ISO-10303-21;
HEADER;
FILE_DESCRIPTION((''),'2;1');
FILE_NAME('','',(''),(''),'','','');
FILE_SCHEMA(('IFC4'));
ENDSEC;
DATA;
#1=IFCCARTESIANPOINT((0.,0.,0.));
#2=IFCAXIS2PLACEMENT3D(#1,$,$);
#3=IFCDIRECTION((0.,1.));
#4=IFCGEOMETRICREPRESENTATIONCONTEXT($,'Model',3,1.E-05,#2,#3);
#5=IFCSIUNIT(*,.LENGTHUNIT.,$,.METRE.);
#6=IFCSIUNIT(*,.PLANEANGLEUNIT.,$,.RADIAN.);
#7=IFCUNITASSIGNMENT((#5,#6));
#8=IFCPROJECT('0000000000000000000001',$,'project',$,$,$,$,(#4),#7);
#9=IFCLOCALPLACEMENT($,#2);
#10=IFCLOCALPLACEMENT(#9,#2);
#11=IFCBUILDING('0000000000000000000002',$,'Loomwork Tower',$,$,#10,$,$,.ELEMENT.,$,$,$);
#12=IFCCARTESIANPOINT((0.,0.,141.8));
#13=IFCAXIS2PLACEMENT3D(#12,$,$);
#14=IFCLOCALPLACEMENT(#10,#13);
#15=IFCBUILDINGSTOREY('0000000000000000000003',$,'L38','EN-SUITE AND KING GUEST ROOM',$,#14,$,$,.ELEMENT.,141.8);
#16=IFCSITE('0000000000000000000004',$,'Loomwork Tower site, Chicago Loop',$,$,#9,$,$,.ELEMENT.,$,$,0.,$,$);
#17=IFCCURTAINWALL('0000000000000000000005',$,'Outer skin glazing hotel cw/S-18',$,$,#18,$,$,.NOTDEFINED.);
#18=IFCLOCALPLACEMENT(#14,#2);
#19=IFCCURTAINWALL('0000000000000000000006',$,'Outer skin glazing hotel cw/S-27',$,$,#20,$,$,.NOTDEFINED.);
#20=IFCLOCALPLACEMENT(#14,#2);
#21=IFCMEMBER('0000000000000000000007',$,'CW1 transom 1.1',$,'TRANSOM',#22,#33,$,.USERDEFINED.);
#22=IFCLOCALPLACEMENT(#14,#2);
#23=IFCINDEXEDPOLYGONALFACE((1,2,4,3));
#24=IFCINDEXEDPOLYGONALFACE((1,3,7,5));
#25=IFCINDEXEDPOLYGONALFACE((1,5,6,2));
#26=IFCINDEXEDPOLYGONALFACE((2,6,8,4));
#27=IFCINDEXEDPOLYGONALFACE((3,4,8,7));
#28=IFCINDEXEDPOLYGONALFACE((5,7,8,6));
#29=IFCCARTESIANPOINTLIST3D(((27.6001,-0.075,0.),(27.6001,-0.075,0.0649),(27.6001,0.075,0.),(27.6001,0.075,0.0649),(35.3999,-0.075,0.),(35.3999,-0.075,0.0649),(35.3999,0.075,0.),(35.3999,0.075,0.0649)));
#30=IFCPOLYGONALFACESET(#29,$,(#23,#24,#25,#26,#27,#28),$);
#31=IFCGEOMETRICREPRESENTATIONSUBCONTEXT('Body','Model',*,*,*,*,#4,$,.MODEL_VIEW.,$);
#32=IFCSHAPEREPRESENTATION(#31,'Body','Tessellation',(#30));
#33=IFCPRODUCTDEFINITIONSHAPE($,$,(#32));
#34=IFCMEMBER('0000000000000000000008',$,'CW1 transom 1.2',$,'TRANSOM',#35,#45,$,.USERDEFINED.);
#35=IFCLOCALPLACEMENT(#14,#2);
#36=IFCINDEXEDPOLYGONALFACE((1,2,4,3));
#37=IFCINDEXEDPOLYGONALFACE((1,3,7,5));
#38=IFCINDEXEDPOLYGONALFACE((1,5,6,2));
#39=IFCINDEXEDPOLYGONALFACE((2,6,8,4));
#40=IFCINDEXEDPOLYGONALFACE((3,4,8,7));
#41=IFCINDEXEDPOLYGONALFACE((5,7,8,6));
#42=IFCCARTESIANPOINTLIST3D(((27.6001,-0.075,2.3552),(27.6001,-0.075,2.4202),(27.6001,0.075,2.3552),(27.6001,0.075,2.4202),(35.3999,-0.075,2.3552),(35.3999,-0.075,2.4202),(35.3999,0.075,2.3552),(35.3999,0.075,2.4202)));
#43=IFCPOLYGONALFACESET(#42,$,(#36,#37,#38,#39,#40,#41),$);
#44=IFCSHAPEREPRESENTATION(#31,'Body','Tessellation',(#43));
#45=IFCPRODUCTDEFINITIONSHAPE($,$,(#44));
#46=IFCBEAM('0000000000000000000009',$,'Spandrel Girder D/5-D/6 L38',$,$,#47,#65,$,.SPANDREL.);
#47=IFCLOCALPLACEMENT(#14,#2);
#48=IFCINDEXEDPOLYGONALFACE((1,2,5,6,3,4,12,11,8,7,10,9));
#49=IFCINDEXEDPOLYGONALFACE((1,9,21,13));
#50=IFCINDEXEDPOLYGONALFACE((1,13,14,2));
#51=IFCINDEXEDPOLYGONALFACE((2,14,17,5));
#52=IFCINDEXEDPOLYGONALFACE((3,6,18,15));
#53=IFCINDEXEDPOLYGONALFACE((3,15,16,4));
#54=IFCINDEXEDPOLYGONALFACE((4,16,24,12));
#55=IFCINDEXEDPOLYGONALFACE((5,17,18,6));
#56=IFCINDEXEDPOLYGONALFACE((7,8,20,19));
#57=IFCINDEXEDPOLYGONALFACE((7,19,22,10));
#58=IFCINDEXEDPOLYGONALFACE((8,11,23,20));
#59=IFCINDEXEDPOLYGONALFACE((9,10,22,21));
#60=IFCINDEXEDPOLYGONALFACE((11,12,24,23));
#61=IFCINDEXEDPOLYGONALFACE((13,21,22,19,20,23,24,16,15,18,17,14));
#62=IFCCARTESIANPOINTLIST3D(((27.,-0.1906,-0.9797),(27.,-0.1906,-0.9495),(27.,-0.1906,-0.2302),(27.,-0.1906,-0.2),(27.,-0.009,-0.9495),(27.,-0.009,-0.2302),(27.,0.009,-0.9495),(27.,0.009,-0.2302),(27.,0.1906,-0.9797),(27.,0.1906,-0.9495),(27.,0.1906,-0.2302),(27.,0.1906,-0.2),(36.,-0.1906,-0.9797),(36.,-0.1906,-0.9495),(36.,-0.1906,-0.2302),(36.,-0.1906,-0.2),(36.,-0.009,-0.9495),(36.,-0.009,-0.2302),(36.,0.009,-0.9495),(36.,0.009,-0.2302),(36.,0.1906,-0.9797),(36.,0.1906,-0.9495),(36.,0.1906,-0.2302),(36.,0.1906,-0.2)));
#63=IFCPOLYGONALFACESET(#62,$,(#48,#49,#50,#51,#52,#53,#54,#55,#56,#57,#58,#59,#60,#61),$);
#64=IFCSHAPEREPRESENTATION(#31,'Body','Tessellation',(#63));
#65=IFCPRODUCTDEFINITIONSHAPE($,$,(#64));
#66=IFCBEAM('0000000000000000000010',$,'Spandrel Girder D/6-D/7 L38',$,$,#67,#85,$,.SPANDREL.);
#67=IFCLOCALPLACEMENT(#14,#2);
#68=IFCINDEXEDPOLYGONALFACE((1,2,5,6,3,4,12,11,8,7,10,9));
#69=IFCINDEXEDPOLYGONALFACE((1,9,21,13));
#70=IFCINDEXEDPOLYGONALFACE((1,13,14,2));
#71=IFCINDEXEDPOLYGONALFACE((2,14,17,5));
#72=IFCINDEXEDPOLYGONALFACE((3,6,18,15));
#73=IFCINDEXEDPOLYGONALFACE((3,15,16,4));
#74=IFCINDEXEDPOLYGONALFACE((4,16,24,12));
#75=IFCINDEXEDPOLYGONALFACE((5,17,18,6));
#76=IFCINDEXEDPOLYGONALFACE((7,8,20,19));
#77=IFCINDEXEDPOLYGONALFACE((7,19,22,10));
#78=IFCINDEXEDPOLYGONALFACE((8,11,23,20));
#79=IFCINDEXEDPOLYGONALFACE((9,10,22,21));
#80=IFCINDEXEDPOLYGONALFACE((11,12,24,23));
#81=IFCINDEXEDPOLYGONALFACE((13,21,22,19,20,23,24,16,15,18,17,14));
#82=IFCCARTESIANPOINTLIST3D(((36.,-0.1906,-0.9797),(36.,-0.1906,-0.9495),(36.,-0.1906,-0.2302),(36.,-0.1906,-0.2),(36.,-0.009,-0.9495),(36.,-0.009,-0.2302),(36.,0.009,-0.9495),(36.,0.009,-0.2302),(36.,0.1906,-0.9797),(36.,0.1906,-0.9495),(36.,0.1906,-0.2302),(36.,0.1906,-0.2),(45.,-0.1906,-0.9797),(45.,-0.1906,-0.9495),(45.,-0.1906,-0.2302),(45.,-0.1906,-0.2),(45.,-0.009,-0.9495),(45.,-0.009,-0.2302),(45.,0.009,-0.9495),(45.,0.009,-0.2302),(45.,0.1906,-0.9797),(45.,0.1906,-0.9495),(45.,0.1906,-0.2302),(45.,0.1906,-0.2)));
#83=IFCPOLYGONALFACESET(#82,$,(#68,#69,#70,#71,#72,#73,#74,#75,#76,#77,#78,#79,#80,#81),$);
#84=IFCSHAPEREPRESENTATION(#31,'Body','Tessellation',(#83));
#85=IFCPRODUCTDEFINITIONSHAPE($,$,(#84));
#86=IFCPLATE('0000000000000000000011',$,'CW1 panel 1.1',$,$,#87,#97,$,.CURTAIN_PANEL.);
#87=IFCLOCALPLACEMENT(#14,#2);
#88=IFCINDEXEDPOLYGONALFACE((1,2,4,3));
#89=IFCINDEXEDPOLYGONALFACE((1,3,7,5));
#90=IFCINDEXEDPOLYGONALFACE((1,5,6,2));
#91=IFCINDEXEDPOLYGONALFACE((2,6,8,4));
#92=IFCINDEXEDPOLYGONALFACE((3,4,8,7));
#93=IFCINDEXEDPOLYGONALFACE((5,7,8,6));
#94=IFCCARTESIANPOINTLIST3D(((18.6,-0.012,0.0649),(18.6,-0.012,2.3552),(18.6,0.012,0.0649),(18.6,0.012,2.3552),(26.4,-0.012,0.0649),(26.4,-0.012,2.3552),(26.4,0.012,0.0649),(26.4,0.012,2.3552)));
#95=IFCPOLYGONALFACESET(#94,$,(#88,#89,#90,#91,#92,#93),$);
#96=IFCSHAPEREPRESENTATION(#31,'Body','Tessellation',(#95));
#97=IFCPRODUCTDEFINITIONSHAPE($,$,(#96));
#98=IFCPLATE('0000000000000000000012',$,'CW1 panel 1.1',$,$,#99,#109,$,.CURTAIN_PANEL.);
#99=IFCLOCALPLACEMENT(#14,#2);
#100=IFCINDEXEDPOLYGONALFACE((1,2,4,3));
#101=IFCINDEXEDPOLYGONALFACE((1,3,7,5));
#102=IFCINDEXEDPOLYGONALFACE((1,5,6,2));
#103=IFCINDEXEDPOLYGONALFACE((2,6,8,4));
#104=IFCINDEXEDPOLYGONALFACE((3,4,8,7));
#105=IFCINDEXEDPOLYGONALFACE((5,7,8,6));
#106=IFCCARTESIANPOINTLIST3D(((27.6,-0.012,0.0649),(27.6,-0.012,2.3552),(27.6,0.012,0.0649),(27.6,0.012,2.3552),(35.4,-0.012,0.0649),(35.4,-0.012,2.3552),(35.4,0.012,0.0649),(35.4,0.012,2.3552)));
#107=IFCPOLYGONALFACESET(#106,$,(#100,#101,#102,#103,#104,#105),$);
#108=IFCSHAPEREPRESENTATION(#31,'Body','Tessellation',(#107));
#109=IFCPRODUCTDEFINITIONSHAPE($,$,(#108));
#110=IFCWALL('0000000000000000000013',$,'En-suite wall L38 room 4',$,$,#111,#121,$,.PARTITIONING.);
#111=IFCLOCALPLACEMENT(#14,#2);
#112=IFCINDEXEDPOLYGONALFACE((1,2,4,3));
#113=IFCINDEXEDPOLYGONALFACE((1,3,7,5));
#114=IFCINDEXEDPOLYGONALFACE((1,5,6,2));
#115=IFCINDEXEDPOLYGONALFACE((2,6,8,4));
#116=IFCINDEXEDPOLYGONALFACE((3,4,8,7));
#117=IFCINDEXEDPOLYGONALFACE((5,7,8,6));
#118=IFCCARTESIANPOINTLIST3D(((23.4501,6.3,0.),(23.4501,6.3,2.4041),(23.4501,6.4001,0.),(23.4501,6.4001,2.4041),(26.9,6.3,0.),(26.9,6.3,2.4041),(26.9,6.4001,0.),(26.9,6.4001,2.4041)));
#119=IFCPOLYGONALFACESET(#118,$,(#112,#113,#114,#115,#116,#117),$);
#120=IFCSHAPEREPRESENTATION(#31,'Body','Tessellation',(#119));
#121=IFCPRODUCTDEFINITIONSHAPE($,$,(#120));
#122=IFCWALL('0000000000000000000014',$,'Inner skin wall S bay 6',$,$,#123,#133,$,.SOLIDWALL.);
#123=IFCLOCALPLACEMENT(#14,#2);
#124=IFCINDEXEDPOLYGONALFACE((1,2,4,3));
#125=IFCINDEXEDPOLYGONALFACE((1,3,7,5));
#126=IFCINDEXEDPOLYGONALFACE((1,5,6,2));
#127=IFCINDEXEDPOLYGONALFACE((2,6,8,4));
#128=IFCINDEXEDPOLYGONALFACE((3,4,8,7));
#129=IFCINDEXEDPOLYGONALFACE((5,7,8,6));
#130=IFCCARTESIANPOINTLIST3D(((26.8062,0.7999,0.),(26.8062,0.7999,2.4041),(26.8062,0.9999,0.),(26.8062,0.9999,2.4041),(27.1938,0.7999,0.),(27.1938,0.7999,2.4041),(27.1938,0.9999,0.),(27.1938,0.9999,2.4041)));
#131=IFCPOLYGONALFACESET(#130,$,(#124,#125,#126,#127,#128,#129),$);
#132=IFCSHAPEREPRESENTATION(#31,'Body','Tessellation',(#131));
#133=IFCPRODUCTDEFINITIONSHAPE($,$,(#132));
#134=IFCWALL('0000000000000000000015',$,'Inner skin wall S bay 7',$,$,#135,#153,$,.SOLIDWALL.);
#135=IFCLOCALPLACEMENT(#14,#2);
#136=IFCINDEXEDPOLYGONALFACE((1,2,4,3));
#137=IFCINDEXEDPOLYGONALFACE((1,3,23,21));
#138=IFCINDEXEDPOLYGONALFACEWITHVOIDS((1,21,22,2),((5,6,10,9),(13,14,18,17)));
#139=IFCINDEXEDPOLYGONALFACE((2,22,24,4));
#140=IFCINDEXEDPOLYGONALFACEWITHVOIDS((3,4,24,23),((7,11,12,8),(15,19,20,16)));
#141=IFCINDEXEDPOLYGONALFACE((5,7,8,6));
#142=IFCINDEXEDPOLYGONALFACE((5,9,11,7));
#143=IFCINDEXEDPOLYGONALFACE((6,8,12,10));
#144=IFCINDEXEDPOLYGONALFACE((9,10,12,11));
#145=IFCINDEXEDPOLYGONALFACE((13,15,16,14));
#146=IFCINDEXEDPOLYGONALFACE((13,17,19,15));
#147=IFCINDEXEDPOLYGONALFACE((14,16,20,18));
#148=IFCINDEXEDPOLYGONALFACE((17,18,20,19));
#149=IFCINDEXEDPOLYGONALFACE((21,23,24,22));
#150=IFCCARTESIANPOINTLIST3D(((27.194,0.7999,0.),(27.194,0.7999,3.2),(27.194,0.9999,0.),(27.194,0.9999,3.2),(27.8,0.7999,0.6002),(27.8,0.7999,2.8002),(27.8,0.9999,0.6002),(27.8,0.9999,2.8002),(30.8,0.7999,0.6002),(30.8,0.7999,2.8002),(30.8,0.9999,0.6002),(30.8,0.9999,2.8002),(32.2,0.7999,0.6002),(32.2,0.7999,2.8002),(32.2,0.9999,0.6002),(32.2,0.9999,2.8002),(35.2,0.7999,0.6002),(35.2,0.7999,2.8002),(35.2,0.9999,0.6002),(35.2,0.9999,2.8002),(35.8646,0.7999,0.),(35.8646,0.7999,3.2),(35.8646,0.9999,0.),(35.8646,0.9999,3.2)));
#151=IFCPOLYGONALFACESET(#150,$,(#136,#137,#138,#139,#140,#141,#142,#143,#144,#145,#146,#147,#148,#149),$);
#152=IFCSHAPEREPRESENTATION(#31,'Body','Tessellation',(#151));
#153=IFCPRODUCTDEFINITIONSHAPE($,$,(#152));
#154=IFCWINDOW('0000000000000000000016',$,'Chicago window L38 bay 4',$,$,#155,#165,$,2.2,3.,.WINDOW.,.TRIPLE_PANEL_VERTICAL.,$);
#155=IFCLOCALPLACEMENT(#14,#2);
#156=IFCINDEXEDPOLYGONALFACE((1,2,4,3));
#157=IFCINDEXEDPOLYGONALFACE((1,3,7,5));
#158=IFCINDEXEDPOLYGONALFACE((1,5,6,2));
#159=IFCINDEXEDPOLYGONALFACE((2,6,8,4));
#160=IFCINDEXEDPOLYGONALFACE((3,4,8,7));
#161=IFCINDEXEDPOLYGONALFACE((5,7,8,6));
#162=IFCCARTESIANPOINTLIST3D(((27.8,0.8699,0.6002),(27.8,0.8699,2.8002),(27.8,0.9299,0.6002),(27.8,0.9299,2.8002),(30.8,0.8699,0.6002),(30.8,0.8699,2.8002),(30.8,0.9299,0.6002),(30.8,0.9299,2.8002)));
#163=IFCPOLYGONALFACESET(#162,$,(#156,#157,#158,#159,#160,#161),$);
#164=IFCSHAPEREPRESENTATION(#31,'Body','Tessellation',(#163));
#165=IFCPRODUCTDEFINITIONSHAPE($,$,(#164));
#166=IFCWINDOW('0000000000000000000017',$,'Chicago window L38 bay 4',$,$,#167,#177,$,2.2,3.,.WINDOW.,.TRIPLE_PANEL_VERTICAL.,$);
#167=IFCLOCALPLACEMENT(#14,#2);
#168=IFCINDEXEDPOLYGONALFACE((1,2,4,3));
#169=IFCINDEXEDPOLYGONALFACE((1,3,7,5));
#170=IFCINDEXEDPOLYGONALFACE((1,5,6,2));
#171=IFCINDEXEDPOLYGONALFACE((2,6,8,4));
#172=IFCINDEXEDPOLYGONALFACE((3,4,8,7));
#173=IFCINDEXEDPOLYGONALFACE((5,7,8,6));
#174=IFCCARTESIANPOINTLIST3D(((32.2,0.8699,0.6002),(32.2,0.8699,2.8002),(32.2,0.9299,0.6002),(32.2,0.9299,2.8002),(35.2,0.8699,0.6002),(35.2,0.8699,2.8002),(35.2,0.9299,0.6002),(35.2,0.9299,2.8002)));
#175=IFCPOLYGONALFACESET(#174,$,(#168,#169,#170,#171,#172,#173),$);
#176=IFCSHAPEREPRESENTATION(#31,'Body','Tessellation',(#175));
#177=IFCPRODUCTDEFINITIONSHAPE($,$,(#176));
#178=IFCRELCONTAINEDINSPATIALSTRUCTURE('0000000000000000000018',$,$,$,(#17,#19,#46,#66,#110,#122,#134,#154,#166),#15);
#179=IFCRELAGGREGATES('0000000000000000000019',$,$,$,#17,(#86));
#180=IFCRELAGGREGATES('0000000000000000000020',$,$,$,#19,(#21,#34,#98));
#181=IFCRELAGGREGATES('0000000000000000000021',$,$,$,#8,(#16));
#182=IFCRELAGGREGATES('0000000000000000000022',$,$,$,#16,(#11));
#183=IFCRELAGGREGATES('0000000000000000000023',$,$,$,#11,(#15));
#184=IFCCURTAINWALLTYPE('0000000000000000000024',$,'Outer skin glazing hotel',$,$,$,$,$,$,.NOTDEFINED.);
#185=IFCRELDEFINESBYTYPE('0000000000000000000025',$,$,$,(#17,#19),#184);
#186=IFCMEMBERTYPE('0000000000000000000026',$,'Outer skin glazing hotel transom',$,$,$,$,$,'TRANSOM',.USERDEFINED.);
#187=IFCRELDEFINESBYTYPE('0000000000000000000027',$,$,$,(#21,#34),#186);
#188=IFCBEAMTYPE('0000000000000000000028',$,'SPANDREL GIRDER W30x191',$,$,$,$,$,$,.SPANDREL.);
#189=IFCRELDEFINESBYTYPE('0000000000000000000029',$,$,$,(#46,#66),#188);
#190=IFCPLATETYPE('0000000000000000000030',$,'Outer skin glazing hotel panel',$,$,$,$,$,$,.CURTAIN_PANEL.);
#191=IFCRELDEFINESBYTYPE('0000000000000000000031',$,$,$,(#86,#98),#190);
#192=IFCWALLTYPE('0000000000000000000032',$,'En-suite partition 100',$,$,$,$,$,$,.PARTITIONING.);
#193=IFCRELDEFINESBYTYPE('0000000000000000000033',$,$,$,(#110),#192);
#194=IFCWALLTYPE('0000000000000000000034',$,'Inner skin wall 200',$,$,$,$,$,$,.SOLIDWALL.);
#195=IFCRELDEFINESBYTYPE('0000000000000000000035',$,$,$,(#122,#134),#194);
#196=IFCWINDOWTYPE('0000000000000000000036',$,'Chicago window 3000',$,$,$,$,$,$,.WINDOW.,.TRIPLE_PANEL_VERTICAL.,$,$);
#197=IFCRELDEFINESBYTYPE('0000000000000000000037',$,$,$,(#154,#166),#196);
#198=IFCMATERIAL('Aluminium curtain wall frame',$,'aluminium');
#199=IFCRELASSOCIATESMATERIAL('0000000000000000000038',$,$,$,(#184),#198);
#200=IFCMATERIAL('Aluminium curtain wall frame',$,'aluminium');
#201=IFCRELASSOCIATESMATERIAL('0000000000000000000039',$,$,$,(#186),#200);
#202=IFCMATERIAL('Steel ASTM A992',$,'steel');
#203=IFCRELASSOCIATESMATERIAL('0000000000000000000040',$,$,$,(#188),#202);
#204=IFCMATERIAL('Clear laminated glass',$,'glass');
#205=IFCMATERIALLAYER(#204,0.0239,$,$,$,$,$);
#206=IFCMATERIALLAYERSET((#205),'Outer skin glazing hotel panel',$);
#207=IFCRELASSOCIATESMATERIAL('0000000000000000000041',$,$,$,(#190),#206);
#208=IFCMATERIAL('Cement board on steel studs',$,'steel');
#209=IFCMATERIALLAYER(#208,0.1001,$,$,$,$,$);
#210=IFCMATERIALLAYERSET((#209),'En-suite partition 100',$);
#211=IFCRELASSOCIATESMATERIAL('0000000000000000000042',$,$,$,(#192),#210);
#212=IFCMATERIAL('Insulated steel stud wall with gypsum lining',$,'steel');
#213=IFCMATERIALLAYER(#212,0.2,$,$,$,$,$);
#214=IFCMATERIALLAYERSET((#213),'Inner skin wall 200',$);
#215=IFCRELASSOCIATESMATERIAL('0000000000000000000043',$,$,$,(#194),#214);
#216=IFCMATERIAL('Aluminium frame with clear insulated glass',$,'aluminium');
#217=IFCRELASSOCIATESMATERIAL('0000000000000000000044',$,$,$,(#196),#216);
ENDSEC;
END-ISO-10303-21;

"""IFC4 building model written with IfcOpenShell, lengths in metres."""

from ifc_helpers import new_model, si_unit, direction, frame, frame_2d, origin, origin_2d, place, context, subcontext, project, spatial, rectangle, i_section, extrude, material, layer, layer_set, material_profile, profile_set, type_object, element, fill, aggregate, save


model = new_model("IFC4")

# Units and contexts
model_context = context("Model", 3, precision=1e-05, world=origin(), true_north=direction((0.0, 1.0)))
body_context = subcontext(model_context, "Body", "Model", "MODEL_VIEW")
ifc_project = project(units=[si_unit("LENGTHUNIT", "METRE"), si_unit("PLANEANGLEUNIT", "RADIAN")], contexts=[model_context])

# Site, building, storey
site_placement = place(None, origin())
site = spatial("IfcSite", under=ifc_project, at=site_placement, Name="Loomwork Tower site, Chicago Loop", CompositionType="ELEMENT", RefElevation=0.0)
building_placement = place(site_placement, origin())
building = spatial("IfcBuilding", under=site, at=building_placement, Name="Loomwork Tower", CompositionType="ELEMENT")
storey_placement = place(building_placement, frame((0.0, 0.0, 141.8)))
storey = spatial("IfcBuildingStorey", under=building, at=storey_placement, Name="L38", Description="EN-SUITE AND KING GUEST ROOM", CompositionType="ELEMENT", Elevation=141.8)

# Curtain walls
ifc_material_1 = material(Name="Aluminium curtain wall frame", Category="aluminium")
curtain_wall_type = type_object("IfcCurtainWallType", Name="Outer skin glazing hotel", PredefinedType="NOTDEFINED", material=ifc_material_1)
curtain_wall_1_placement = place(storey_placement, origin())
curtain_wall_1 = element("IfcCurtainWall", 1, at=curtain_wall_1_placement, inside=storey, type_object=curtain_wall_type, Name="Outer skin glazing hotel cw/S-18", PredefinedType="NOTDEFINED")
curtain_wall_2_placement = place(storey_placement, origin())
curtain_wall_2 = element("IfcCurtainWall", 2, at=curtain_wall_2_placement, inside=storey, type_object=curtain_wall_type, Name="Outer skin glazing hotel cw/S-27", PredefinedType="NOTDEFINED")

# Members
ifc_material_2 = material(Name="Aluminium curtain wall frame", Category="aluminium")
ifc_material_profile_1 = material_profile(ifc_material_2, rectangle(XDim=0.1499, YDim=0.0649, at=origin_2d()), Name="AL 65x150")
ifc_profile_set_1 = profile_set([ifc_material_profile_1], Name="Aluminium curtain wall frame")
member_type_1 = type_object("IfcMemberType", Name="Outer skin glazing hotel transom", ElementType="TRANSOM", PredefinedType="USERDEFINED", material=ifc_profile_set_1)
member_1_placement = place(storey_placement, frame((27.6001, 0.0, 0.0325), z_axis=(1.0, 0.0, 0.0), x_axis=(0.0, 1.0, 0.0)))
member_1 = element("IfcMember", 3, at=member_1_placement, type_object=member_type_1, Name="CW1 transom 1.1", ObjectType="TRANSOM", PredefinedType="USERDEFINED", context=body_context, shape_type="SweptSolid", body=[
    extrude(rectangle(XDim=0.1499, YDim=0.0649, at=origin_2d()), origin(), (0.0, 0.0, 1.0), 7.7998),
])
member_2_placement = place(storey_placement, frame((27.6001, 0.0, 2.3877), z_axis=(1.0, 0.0, 0.0), x_axis=(0.0, 1.0, 0.0)))
member_2 = element("IfcMember", 4, at=member_2_placement, type_object=member_type_1, Name="CW1 transom 1.2", ObjectType="TRANSOM", PredefinedType="USERDEFINED", context=body_context, shape_type="SweptSolid", body=[
    extrude(rectangle(XDim=0.1499, YDim=0.0649, at=origin_2d()), origin(), (0.0, 0.0, 1.0), 7.7998),
])

# Beams
ifc_material_3 = material(Name="Steel ASTM A992", Category="steel")
ifc_material_profile_2 = material_profile(ifc_material_3, i_section(OverallWidth=0.3811, OverallDepth=0.7798, WebThickness=0.0181, FlangeThickness=0.0303, at=origin_2d()), Name="W30x191")
ifc_profile_set_2 = profile_set([ifc_material_profile_2], Name="Steel ASTM A992")
beam_type_1 = type_object("IfcBeamType", Name="SPANDREL GIRDER W30x191", PredefinedType="SPANDREL", material=ifc_profile_set_2)
for number, where, z_axis, x_axis, name in (
    (5, (27.0, 0.0, -0.5898), (1.0, 0.0, 0.0), (0.0, 1.0, 0.0), "Spandrel Girder D/5-D/6 L38"),
    (6, (36.0, 0.0, -0.5898), (1.0, 0.0, 0.0), (0.0, 1.0, 0.0), "Spandrel Girder D/6-D/7 L38"),
):
    element("IfcBeam", number, at=place(storey_placement, frame(where, z_axis=z_axis, x_axis=x_axis)), inside=storey, type_object=beam_type_1, Name=name, PredefinedType="SPANDREL", context=body_context, shape_type="SweptSolid", body=[
        extrude(i_section(OverallWidth=0.3811, OverallDepth=0.7798, WebThickness=0.0181, FlangeThickness=0.0303, at=origin_2d()), origin(), (0.0, 0.0, 1.0), 9.0),
    ])

# Plates
ifc_material_4 = material(Name="Clear laminated glass", Category="glass")
ifc_layer_1 = layer(ifc_material_4, 0.0239)
ifc_layer_set_1 = layer_set([ifc_layer_1], Name="Outer skin glazing hotel panel")
plate_type = type_object("IfcPlateType", Name="Outer skin glazing hotel panel", PredefinedType="CURTAIN_PANEL", material=ifc_layer_set_1)
plate_1_placement = place(storey_placement, frame((22.5, 0.0, 0.0649), z_axis=(0.0, 0.0, 1.0), x_axis=(1.0, 0.0, 0.0)))
plate_1 = element("IfcPlate", 7, at=plate_1_placement, type_object=plate_type, Name="CW1 panel 1.1", PredefinedType="CURTAIN_PANEL", context=body_context, shape_type="SweptSolid", body=[
    extrude(rectangle(XDim=7.8, YDim=0.0239, at=origin_2d()), origin(), (0.0, 0.0, 1.0), 2.2903),
])
aggregate(curtain_wall_1, [plate_1])
plate_2_placement = place(storey_placement, frame((31.5, 0.0, 0.0649), z_axis=(0.0, 0.0, 1.0), x_axis=(1.0, 0.0, 0.0)))
plate_2 = element("IfcPlate", 8, at=plate_2_placement, type_object=plate_type, Name="CW1 panel 1.1", PredefinedType="CURTAIN_PANEL", context=body_context, shape_type="SweptSolid", body=[
    extrude(rectangle(XDim=7.8, YDim=0.0239, at=origin_2d()), origin(), (0.0, 0.0, 1.0), 2.2903),
])
aggregate(curtain_wall_2, [member_1, member_2, plate_2])

# Walls
ifc_material_5 = material(Name="Cement board on steel studs", Category="steel")
ifc_layer_2 = layer(ifc_material_5, 0.1001)
ifc_layer_set_2 = layer_set([ifc_layer_2], Name="En-suite partition 100")
wall_type_1 = type_object("IfcWallType", Name="En-suite partition 100", PredefinedType="PARTITIONING", material=ifc_layer_set_2)
wall_1_placement = place(storey_placement, frame((23.45, 6.3501, 0.0), z_axis=(0.0, 0.0, 1.0), x_axis=(1.0, 0.0, 0.0)))
element("IfcWall", 9, at=wall_1_placement, inside=storey, type_object=wall_type_1, Name="En-suite wall L38 room 4", PredefinedType="PARTITIONING", context=body_context, shape_type="SweptSolid", body=[
    extrude(rectangle(XDim=3.45, YDim=0.1001, at=frame_2d((1.7251, 0.0))), origin(), (0.0, 0.0, 1.0), 2.4041),
])
ifc_material_6 = material(Name="Insulated steel stud wall with gypsum lining", Category="steel")
ifc_layer_3 = layer(ifc_material_6, 0.2)
ifc_layer_set_3 = layer_set([ifc_layer_3], Name="Inner skin wall 200")
wall_type_2 = type_object("IfcWallType", Name="Inner skin wall 200", PredefinedType="SOLIDWALL", material=ifc_layer_set_3)
wall_2_placement = place(storey_placement, frame((26.8062, 0.8999, 0.0), z_axis=(0.0, 0.0, 1.0), x_axis=(1.0, 0.0, 0.0)))
element("IfcWall", 10, at=wall_2_placement, inside=storey, type_object=wall_type_2, Name="Inner skin wall S bay 6", PredefinedType="SOLIDWALL", context=body_context, shape_type="SweptSolid", body=[
    extrude(rectangle(XDim=0.3877, YDim=0.2, at=frame_2d((0.1938, 0.0))), origin(), (0.0, 0.0, 1.0), 2.4041),
])

# Wall, openings, windows
wall_3_placement = place(storey_placement, frame((27.1938, 0.8999, 0.0), z_axis=(0.0, 0.0, 1.0), x_axis=(1.0, 0.0, 0.0)))
wall_3 = element("IfcWall", 11, at=wall_3_placement, inside=storey, type_object=wall_type_2, Name="Inner skin wall S bay 7", PredefinedType="SOLIDWALL", context=body_context, shape_type="SweptSolid", body=[
    extrude(rectangle(XDim=8.6707, YDim=0.2, at=frame_2d((4.3354, 0.0))), origin(), (0.0, 0.0, 1.0), 3.2),
])
opening_1_placement = place(wall_3_placement, frame((0.6062, 0.0, 0.6001)))
opening_1 = element("IfcOpeningElement", 12, at=opening_1_placement, cuts=wall_3, PredefinedType="OPENING", context=body_context, shape_type="SweptSolid", body=[
    extrude(rectangle(XDim=3.0, YDim=2.2, at=frame_2d((1.5, 1.1001))), frame((0.0, 0.1099, 0.0), z_axis=(0.0, -1.0, 0.0), x_axis=(1.0, 0.0, 0.0)), (0.0, 0.0, 1.0), 0.22),
])
opening_2_placement = place(wall_3_placement, frame((5.0061, 0.0, 0.6001)))
opening_2 = element("IfcOpeningElement", 13, at=opening_2_placement, cuts=wall_3, PredefinedType="OPENING", context=body_context, shape_type="SweptSolid", body=[
    extrude(rectangle(XDim=3.0, YDim=2.2, at=frame_2d((1.5, 1.1001))), frame((0.0, 0.1099, 0.0), z_axis=(0.0, -1.0, 0.0), x_axis=(1.0, 0.0, 0.0)), (0.0, 0.0, 1.0), 0.22),
])
ifc_material_7 = material(Name="Aluminium frame with clear insulated glass", Category="aluminium")
window_type = type_object("IfcWindowType", Name="Chicago window 3000", PartitioningType="TRIPLE_PANEL_VERTICAL", PredefinedType="WINDOW", material=ifc_material_7)
window_1_placement = place(opening_1_placement, origin())
window_1 = element("IfcWindow", 14, at=window_1_placement, inside=storey, type_object=window_type, Name="Chicago window L38 bay 4", OverallHeight=2.2, OverallWidth=3.0, PartitioningType="TRIPLE_PANEL_VERTICAL", PredefinedType="WINDOW", context=body_context, shape_type="SweptSolid", body=[
    extrude(rectangle(XDim=3.0, YDim=2.2, at=frame_2d((1.5, 1.1001))), frame((0.0, 0.03, 0.0), z_axis=(0.0, -1.0, 0.0), x_axis=(1.0, 0.0, 0.0)), (0.0, 0.0, 1.0), 0.0601),
])
fill(opening_1, window_1)
window_2_placement = place(opening_2_placement, origin())
window_2 = element("IfcWindow", 15, at=window_2_placement, inside=storey, type_object=window_type, Name="Chicago window L38 bay 4", OverallHeight=2.2, OverallWidth=3.0, PartitioningType="TRIPLE_PANEL_VERTICAL", PredefinedType="WINDOW", context=body_context, shape_type="SweptSolid", body=[
    extrude(rectangle(XDim=3.0, YDim=2.2, at=frame_2d((1.5, 1.1001))), frame((0.0, 0.03, 0.0), z_axis=(0.0, -1.0, 0.0), x_axis=(1.0, 0.0, 0.0)), (0.0, 0.0, 1.0), 0.0601),
])
fill(opening_2, window_2)

save(model, "model.ifc")
